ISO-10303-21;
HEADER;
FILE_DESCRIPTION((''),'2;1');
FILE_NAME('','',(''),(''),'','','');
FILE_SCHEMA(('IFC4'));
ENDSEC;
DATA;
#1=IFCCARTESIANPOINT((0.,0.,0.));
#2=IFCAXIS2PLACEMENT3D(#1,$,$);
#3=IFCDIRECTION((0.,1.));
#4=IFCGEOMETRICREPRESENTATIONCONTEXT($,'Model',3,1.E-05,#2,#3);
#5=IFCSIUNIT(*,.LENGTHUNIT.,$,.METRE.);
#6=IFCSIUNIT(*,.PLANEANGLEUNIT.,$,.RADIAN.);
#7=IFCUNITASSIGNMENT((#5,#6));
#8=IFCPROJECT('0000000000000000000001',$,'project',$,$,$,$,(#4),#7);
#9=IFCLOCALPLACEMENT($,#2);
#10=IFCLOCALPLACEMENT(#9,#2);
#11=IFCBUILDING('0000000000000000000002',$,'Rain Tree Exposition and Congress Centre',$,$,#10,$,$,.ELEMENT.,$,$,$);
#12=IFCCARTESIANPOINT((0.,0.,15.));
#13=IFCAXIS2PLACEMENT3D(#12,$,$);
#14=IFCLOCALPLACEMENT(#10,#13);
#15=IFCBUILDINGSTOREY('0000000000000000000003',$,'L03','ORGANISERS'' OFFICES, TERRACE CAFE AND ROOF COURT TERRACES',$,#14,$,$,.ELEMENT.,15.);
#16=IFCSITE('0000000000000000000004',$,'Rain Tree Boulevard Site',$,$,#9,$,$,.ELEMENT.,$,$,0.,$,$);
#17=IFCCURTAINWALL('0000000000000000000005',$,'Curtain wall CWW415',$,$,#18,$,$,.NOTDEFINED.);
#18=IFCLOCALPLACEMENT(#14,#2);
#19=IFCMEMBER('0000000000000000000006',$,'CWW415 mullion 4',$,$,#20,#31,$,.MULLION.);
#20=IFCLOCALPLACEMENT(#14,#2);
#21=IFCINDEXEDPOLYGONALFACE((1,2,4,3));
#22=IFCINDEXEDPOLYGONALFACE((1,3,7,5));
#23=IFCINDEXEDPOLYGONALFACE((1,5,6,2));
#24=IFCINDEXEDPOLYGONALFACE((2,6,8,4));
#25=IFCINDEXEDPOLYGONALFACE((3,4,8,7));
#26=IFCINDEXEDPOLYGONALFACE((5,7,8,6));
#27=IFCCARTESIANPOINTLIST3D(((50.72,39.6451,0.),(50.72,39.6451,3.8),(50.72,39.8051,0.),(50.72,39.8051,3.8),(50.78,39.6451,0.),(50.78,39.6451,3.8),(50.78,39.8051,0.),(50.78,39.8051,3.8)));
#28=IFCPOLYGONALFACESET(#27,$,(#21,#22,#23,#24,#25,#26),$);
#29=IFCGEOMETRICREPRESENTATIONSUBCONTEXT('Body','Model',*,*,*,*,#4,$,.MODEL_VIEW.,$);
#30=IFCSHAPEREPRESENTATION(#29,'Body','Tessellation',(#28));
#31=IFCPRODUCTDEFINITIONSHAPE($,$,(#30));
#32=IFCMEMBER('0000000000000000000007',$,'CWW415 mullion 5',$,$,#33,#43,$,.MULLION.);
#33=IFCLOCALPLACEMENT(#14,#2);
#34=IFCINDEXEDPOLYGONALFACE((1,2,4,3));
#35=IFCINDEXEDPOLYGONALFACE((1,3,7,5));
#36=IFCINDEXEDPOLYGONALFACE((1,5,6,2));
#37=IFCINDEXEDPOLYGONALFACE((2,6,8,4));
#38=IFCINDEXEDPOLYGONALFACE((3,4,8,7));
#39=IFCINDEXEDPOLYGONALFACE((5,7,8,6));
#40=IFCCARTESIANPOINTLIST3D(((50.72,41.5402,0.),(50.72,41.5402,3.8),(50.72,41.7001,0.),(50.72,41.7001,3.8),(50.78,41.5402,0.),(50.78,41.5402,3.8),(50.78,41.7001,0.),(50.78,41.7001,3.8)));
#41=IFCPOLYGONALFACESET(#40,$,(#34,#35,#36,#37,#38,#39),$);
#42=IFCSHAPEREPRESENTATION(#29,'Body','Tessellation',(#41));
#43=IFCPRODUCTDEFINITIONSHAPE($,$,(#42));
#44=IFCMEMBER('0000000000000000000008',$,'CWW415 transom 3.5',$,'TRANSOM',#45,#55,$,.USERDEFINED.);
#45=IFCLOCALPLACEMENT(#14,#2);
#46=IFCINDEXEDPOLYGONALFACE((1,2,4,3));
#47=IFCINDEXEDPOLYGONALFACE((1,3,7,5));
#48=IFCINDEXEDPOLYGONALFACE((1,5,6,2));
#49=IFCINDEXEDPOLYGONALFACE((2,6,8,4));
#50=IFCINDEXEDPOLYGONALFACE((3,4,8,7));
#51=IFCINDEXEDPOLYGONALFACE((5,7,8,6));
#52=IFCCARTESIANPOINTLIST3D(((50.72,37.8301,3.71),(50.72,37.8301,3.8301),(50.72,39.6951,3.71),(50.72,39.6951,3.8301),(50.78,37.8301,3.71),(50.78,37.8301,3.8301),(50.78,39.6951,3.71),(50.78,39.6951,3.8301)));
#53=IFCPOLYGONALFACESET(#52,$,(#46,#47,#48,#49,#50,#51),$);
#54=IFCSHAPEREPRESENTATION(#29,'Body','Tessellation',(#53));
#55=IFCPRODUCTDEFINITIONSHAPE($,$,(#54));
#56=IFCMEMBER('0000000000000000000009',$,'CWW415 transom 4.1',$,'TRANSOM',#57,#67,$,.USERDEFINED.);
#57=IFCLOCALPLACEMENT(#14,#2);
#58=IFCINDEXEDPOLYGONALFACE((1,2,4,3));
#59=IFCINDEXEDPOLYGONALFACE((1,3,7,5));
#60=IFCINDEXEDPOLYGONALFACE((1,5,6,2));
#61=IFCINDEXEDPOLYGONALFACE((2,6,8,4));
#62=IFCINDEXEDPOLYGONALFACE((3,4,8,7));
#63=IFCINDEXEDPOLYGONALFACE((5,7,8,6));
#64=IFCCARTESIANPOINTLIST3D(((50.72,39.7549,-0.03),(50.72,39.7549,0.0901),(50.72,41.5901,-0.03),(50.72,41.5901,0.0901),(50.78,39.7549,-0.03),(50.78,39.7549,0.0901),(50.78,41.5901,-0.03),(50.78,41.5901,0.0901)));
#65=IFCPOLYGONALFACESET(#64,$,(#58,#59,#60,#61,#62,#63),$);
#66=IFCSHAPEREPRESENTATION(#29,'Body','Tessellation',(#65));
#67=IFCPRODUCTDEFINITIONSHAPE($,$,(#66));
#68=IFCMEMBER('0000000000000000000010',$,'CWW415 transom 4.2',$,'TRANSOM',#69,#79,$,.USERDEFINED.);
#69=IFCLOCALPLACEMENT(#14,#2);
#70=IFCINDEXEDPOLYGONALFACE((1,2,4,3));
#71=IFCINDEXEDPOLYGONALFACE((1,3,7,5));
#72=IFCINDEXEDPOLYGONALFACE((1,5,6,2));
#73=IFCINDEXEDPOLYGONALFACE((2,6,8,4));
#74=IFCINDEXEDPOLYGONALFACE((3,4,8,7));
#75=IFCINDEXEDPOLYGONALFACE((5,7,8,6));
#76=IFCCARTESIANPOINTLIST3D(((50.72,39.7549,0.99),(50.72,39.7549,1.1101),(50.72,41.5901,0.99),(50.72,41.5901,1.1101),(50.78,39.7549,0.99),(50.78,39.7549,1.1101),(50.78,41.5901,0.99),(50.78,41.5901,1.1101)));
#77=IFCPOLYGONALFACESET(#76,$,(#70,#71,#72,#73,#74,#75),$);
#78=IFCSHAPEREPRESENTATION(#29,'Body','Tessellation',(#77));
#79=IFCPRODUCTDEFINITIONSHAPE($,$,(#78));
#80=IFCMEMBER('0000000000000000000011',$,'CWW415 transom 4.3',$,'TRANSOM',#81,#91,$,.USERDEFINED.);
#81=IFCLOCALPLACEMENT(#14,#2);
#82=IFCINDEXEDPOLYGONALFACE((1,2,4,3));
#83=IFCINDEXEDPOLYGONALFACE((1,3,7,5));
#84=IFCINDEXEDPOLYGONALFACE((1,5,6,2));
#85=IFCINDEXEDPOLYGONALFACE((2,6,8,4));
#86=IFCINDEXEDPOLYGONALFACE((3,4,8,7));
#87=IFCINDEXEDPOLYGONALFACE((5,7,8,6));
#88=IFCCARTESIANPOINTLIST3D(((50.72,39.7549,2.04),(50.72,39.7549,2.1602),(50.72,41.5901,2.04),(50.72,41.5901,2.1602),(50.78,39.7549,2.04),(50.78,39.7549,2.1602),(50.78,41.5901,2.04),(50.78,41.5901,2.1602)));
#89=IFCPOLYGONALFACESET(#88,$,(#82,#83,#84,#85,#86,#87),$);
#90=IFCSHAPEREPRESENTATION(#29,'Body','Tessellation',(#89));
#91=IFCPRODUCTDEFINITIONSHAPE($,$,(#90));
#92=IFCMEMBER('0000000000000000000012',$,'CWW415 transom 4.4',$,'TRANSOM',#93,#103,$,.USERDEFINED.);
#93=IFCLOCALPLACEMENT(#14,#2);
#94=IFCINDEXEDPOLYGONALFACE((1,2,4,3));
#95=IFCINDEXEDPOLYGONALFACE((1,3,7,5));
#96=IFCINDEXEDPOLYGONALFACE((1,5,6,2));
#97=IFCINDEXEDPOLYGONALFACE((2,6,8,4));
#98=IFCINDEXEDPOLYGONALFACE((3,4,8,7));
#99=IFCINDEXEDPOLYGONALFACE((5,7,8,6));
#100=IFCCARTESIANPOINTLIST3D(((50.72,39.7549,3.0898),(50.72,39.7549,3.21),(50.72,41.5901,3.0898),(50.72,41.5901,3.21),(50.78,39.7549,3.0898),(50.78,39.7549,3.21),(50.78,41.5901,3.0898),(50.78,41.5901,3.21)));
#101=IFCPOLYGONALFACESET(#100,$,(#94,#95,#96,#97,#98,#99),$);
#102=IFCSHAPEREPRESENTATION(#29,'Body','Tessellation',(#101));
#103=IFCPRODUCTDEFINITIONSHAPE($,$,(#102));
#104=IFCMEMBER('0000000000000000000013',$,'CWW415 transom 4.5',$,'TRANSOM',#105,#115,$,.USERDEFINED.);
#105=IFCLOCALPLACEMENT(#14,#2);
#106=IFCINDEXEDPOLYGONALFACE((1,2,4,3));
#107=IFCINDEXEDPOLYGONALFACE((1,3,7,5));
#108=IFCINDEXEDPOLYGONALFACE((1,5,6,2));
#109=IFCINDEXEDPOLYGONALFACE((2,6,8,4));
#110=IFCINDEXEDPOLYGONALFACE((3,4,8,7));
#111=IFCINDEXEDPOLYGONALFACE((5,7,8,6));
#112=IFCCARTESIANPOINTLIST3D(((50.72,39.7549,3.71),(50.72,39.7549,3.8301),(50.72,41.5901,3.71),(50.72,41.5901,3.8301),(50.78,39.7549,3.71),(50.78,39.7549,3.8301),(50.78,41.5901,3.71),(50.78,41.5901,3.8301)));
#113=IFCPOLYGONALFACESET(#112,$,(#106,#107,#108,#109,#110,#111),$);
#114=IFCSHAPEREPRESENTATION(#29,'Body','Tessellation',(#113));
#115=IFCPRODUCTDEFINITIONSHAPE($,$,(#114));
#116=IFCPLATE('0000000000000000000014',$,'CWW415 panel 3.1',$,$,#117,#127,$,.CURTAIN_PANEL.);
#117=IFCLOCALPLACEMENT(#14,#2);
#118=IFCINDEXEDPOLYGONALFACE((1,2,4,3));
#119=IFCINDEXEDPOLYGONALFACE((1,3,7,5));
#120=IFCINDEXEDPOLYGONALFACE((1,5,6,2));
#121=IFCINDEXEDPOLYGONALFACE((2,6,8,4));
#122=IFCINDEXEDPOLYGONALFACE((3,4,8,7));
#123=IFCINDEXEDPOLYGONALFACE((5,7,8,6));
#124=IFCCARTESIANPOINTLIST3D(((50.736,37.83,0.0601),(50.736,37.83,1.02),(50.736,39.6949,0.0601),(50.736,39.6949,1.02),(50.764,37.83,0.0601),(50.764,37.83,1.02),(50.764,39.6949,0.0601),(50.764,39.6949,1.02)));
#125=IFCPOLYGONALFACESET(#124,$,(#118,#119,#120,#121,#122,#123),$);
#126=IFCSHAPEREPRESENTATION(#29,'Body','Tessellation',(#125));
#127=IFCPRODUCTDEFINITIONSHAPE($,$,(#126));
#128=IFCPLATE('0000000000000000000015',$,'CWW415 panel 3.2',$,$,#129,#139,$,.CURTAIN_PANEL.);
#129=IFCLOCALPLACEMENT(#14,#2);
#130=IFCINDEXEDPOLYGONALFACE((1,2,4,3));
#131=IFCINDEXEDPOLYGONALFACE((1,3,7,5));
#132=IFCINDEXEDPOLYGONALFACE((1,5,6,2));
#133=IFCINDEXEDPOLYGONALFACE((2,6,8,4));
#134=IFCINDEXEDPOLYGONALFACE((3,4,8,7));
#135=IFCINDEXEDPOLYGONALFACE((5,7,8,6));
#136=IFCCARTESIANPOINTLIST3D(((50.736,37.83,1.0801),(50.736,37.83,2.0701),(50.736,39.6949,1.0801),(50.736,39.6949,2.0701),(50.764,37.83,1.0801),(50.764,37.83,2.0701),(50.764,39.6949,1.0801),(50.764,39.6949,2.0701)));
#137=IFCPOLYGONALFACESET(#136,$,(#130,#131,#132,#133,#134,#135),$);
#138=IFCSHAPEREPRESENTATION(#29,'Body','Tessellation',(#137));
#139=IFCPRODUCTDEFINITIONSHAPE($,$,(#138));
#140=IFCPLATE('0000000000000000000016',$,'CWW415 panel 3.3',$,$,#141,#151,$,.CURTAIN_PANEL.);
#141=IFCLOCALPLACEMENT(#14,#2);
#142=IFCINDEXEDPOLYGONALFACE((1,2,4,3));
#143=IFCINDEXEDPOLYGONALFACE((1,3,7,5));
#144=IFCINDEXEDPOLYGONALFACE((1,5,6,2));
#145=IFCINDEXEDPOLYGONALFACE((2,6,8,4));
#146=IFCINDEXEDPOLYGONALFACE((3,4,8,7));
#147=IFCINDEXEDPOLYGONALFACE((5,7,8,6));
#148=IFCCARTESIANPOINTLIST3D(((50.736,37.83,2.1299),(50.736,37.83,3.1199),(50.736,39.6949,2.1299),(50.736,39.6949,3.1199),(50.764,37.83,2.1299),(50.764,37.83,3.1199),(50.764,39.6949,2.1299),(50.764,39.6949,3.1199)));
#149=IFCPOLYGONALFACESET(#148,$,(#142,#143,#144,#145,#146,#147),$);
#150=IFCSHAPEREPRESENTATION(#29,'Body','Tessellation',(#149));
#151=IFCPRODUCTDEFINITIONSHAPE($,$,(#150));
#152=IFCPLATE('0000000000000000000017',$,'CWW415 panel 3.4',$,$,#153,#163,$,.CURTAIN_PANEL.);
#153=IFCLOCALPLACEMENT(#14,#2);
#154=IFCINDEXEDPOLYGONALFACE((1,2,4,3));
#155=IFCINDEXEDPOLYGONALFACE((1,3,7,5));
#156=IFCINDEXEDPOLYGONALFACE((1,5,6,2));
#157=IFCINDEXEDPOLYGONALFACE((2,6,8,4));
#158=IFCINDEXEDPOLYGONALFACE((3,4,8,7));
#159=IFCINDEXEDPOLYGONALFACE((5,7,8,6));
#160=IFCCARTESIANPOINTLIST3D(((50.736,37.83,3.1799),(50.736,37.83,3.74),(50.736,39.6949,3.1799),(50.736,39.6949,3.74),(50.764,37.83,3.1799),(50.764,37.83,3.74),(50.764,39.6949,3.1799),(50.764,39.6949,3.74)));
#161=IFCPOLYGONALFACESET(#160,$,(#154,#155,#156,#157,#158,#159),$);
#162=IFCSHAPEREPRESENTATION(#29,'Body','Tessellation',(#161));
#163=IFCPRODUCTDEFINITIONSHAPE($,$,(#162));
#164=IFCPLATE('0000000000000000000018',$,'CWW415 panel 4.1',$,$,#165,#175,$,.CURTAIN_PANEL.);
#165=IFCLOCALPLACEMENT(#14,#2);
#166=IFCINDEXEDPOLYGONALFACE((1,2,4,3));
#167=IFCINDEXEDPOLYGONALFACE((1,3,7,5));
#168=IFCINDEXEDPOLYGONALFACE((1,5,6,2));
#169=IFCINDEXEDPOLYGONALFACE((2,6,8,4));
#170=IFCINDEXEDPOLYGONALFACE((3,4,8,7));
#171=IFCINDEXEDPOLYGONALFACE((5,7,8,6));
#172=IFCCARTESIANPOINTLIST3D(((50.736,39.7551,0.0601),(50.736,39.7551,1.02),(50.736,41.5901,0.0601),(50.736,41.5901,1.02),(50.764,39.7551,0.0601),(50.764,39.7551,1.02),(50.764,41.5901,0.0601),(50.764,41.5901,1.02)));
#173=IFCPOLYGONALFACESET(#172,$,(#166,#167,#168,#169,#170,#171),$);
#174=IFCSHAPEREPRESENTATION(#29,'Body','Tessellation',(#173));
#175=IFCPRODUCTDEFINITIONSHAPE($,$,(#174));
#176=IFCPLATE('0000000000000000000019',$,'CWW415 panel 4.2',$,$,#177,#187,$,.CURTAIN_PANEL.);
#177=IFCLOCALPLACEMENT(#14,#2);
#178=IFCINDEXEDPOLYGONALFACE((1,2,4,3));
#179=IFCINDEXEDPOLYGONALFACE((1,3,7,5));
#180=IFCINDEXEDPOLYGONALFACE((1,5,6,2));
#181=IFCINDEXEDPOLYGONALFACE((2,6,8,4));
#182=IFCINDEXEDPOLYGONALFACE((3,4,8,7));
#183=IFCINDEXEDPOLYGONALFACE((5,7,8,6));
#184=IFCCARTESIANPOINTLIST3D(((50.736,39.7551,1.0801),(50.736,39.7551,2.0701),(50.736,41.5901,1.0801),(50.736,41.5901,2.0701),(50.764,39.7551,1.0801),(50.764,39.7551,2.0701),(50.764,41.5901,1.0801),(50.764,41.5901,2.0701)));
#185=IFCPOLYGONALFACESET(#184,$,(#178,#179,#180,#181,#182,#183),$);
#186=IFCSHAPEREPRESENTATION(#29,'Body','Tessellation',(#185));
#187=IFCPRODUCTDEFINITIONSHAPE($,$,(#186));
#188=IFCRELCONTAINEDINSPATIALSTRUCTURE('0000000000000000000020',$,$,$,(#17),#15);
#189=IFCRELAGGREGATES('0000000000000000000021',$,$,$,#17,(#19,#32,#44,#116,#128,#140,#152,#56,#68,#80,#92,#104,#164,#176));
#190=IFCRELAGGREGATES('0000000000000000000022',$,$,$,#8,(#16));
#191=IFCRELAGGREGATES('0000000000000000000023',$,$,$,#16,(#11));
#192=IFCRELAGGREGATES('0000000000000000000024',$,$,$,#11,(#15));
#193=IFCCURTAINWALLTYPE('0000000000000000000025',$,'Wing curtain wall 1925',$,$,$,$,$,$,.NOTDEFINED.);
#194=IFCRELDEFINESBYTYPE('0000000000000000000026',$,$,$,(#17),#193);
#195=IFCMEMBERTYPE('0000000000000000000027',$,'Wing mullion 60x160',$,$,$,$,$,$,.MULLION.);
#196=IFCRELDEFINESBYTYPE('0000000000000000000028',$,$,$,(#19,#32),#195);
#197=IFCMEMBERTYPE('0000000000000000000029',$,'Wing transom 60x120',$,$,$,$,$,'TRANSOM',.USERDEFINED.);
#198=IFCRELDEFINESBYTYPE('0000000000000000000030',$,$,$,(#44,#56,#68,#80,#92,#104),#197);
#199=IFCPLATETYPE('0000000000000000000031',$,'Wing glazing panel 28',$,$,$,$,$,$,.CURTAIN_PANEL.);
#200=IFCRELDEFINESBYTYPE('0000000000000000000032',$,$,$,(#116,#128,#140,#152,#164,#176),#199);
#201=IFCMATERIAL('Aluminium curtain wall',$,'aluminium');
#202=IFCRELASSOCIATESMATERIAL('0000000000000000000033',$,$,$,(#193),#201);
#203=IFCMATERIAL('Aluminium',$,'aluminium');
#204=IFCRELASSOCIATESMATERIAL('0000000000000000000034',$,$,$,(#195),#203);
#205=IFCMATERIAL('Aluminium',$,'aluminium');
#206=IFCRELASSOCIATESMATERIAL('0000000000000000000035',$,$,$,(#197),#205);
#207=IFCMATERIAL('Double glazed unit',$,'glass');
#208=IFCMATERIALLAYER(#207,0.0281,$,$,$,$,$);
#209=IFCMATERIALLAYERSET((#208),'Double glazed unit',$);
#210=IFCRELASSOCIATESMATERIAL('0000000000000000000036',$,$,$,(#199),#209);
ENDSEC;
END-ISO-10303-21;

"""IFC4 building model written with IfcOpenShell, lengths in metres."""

from ifc_helpers import new_model, si_unit, direction, frame, origin, origin_2d, place, context, subcontext, project, spatial, rectangle, extrude, material, layer, layer_set, material_profile, profile_set, type_object, element, aggregate, save


model = new_model("IFC4")

# Units and contexts
model_context = context("Model", 3, precision=1e-05, world=origin(), true_north=direction((0.0, 1.0)))
body_context = subcontext(model_context, "Body", "Model", "MODEL_VIEW")
ifc_project = project(units=[si_unit("LENGTHUNIT", "METRE"), si_unit("PLANEANGLEUNIT", "RADIAN")], contexts=[model_context])

# Site, building, storey
site_placement = place(None, origin())
site = spatial("IfcSite", under=ifc_project, at=site_placement, Name="Rain Tree Boulevard Site", CompositionType="ELEMENT", RefElevation=0.0)
building_placement = place(site_placement, origin())
building = spatial("IfcBuilding", under=site, at=building_placement, Name="Rain Tree Exposition and Congress Centre", CompositionType="ELEMENT")
storey_placement = place(building_placement, frame((0.0, 0.0, 15.0)))
storey = spatial("IfcBuildingStorey", under=building, at=storey_placement, Name="L03", Description="ORGANISERS' OFFICES, TERRACE CAFE AND ROOF COURT TERRACES", CompositionType="ELEMENT", Elevation=15.0)

# Curtain wall, members, plates
ifc_material_1 = material(Name="Aluminium curtain wall", Category="aluminium")
curtain_wall_type = type_object("IfcCurtainWallType", Name="Wing curtain wall 1925", PredefinedType="NOTDEFINED", material=ifc_material_1)
curtain_wall_placement = place(storey_placement, origin())
curtain_wall = element("IfcCurtainWall", 1, at=curtain_wall_placement, inside=storey, type_object=curtain_wall_type, Name="Curtain wall CWW415", PredefinedType="NOTDEFINED")
ifc_material_2 = material(Name="Aluminium", Category="aluminium")
ifc_material_profile_1 = material_profile(ifc_material_2, rectangle(XDim=0.0601, YDim=0.1599, at=origin_2d()), Name="Aluminium 60x160")
ifc_profile_set_1 = profile_set([ifc_material_profile_1], Name="Aluminium")
member_type_1 = type_object("IfcMemberType", Name="Wing mullion 60x160", PredefinedType="MULLION", material=ifc_profile_set_1)
member_1_placement = place(storey_placement, frame((50.75, 39.7251, 0.0), z_axis=(0.0, 0.0, 1.0), x_axis=(-1.0, 0.0, 0.0)))
member_1 = element("IfcMember", 2, at=member_1_placement, type_object=member_type_1, Name="CWW415 mullion 4", PredefinedType="MULLION", context=body_context, shape_type="SweptSolid", body=[
    extrude(rectangle(XDim=0.0601, YDim=0.1599, at=origin_2d()), origin(), (0.0, 0.0, 1.0), 3.8),
])
member_2_placement = place(storey_placement, frame((50.75, 41.6201, 0.0), z_axis=(0.0, 0.0, 1.0), x_axis=(-1.0, 0.0, 0.0)))
member_2 = element("IfcMember", 3, at=member_2_placement, type_object=member_type_1, Name="CWW415 mullion 5", PredefinedType="MULLION", context=body_context, shape_type="SweptSolid", body=[
    extrude(rectangle(XDim=0.0601, YDim=0.1599, at=origin_2d()), origin(), (0.0, 0.0, 1.0), 3.8),
])
ifc_material_3 = material(Name="Aluminium", Category="aluminium")
ifc_material_profile_2 = material_profile(ifc_material_3, rectangle(XDim=0.0601, YDim=0.1201, at=origin_2d()), Name="Aluminium 60x120")
ifc_profile_set_2 = profile_set([ifc_material_profile_2], Name="Aluminium")
member_type_2 = type_object("IfcMemberType", Name="Wing transom 60x120", ElementType="TRANSOM", PredefinedType="USERDEFINED", material=ifc_profile_set_2)
member_3_placement = place(storey_placement, frame((50.75, 37.8301, 3.77), z_axis=(0.0, 1.0, 0.0), x_axis=(-1.0, 0.0, 0.0)))
member_3 = element("IfcMember", 4, at=member_3_placement, type_object=member_type_2, Name="CWW415 transom 3.5", ObjectType="TRANSOM", PredefinedType="USERDEFINED", context=body_context, shape_type="SweptSolid", body=[
    extrude(rectangle(XDim=0.0601, YDim=0.1201, at=origin_2d()), origin(), (0.0, 0.0, 1.0), 1.865),
])
member_4_placement = place(storey_placement, frame((50.75, 39.7549, 0.03), z_axis=(0.0, 1.0, 0.0), x_axis=(-1.0, 0.0, 0.0)))
member_4 = element("IfcMember", 5, at=member_4_placement, type_object=member_type_2, Name="CWW415 transom 4.1", ObjectType="TRANSOM", PredefinedType="USERDEFINED", context=body_context, shape_type="SweptSolid", body=[
    extrude(rectangle(XDim=0.0601, YDim=0.1201, at=origin_2d()), origin(), (0.0, 0.0, 1.0), 1.8352),
])
member_5_placement = place(storey_placement, frame((50.75, 39.7549, 1.05), z_axis=(0.0, 1.0, 0.0), x_axis=(-1.0, 0.0, 0.0)))
member_5 = element("IfcMember", 6, at=member_5_placement, type_object=member_type_2, Name="CWW415 transom 4.2", ObjectType="TRANSOM", PredefinedType="USERDEFINED", context=body_context, shape_type="SweptSolid", body=[
    extrude(rectangle(XDim=0.0601, YDim=0.1201, at=origin_2d()), origin(), (0.0, 0.0, 1.0), 1.8352),
])
member_6_placement = place(storey_placement, frame((50.75, 39.7549, 2.1001), z_axis=(0.0, 1.0, 0.0), x_axis=(-1.0, 0.0, 0.0)))
member_6 = element("IfcMember", 7, at=member_6_placement, type_object=member_type_2, Name="CWW415 transom 4.3", ObjectType="TRANSOM", PredefinedType="USERDEFINED", context=body_context, shape_type="SweptSolid", body=[
    extrude(rectangle(XDim=0.0601, YDim=0.1201, at=origin_2d()), origin(), (0.0, 0.0, 1.0), 1.8352),
])
member_7_placement = place(storey_placement, frame((50.75, 39.7549, 3.1499), z_axis=(0.0, 1.0, 0.0), x_axis=(-1.0, 0.0, 0.0)))
member_7 = element("IfcMember", 8, at=member_7_placement, type_object=member_type_2, Name="CWW415 transom 4.4", ObjectType="TRANSOM", PredefinedType="USERDEFINED", context=body_context, shape_type="SweptSolid", body=[
    extrude(rectangle(XDim=0.0601, YDim=0.1201, at=origin_2d()), origin(), (0.0, 0.0, 1.0), 1.8352),
])
member_8_placement = place(storey_placement, frame((50.75, 39.7549, 3.77), z_axis=(0.0, 1.0, 0.0), x_axis=(-1.0, 0.0, 0.0)))
member_8 = element("IfcMember", 9, at=member_8_placement, type_object=member_type_2, Name="CWW415 transom 4.5", ObjectType="TRANSOM", PredefinedType="USERDEFINED", context=body_context, shape_type="SweptSolid", body=[
    extrude(rectangle(XDim=0.0601, YDim=0.1201, at=origin_2d()), origin(), (0.0, 0.0, 1.0), 1.8352),
])
ifc_material_4 = material(Name="Double glazed unit", Category="glass")
ifc_layer_1 = layer(ifc_material_4, 0.0281)
ifc_layer_set_1 = layer_set([ifc_layer_1], Name="Double glazed unit")
plate_type = type_object("IfcPlateType", Name="Wing glazing panel 28", PredefinedType="CURTAIN_PANEL", material=ifc_layer_set_1)
plate_1_placement = place(storey_placement, frame((50.75, 38.7625, 0.0601), z_axis=(0.0, 0.0, 1.0), x_axis=(0.0, 1.0, 0.0)))
plate_1 = element("IfcPlate", 10, at=plate_1_placement, type_object=plate_type, Name="CWW415 panel 3.1", PredefinedType="CURTAIN_PANEL", context=body_context, shape_type="SweptSolid", body=[
    extrude(rectangle(XDim=1.865, YDim=0.0281, at=origin_2d()), origin(), (0.0, 0.0, 1.0), 0.96),
])
plate_2_placement = place(storey_placement, frame((50.75, 38.7625, 1.0801), z_axis=(0.0, 0.0, 1.0), x_axis=(0.0, 1.0, 0.0)))
plate_2 = element("IfcPlate", 11, at=plate_2_placement, type_object=plate_type, Name="CWW415 panel 3.2", PredefinedType="CURTAIN_PANEL", context=body_context, shape_type="SweptSolid", body=[
    extrude(rectangle(XDim=1.865, YDim=0.0281, at=origin_2d()), origin(), (0.0, 0.0, 1.0), 0.99),
])
plate_3_placement = place(storey_placement, frame((50.75, 38.7625, 2.1299), z_axis=(0.0, 0.0, 1.0), x_axis=(0.0, 1.0, 0.0)))
plate_3 = element("IfcPlate", 12, at=plate_3_placement, type_object=plate_type, Name="CWW415 panel 3.3", PredefinedType="CURTAIN_PANEL", context=body_context, shape_type="SweptSolid", body=[
    extrude(rectangle(XDim=1.865, YDim=0.0281, at=origin_2d()), origin(), (0.0, 0.0, 1.0), 0.99),
])
plate_4_placement = place(storey_placement, frame((50.75, 38.7625, 3.1799), z_axis=(0.0, 0.0, 1.0), x_axis=(0.0, 1.0, 0.0)))
plate_4 = element("IfcPlate", 13, at=plate_4_placement, type_object=plate_type, Name="CWW415 panel 3.4", PredefinedType="CURTAIN_PANEL", context=body_context, shape_type="SweptSolid", body=[
    extrude(rectangle(XDim=1.865, YDim=0.0281, at=origin_2d()), origin(), (0.0, 0.0, 1.0), 0.5601),
])
plate_5_placement = place(storey_placement, frame((50.75, 40.6726, 0.0601), z_axis=(0.0, 0.0, 1.0), x_axis=(0.0, 1.0, 0.0)))
plate_5 = element("IfcPlate", 14, at=plate_5_placement, type_object=plate_type, Name="CWW415 panel 4.1", PredefinedType="CURTAIN_PANEL", context=body_context, shape_type="SweptSolid", body=[
    extrude(rectangle(XDim=1.835, YDim=0.0281, at=origin_2d()), origin(), (0.0, 0.0, 1.0), 0.96),
])
plate_6_placement = place(storey_placement, frame((50.75, 40.6726, 1.0801), z_axis=(0.0, 0.0, 1.0), x_axis=(0.0, 1.0, 0.0)))
plate_6 = element("IfcPlate", 15, at=plate_6_placement, type_object=plate_type, Name="CWW415 panel 4.2", PredefinedType="CURTAIN_PANEL", context=body_context, shape_type="SweptSolid", body=[
    extrude(rectangle(XDim=1.835, YDim=0.0281, at=origin_2d()), origin(), (0.0, 0.0, 1.0), 0.99),
])
aggregate(curtain_wall, [member_1, member_2, member_3, plate_1, plate_2, plate_3, plate_4, member_4, member_5, member_6, member_7, member_8, plate_5, plate_6])

save(model, "model.ifc")
